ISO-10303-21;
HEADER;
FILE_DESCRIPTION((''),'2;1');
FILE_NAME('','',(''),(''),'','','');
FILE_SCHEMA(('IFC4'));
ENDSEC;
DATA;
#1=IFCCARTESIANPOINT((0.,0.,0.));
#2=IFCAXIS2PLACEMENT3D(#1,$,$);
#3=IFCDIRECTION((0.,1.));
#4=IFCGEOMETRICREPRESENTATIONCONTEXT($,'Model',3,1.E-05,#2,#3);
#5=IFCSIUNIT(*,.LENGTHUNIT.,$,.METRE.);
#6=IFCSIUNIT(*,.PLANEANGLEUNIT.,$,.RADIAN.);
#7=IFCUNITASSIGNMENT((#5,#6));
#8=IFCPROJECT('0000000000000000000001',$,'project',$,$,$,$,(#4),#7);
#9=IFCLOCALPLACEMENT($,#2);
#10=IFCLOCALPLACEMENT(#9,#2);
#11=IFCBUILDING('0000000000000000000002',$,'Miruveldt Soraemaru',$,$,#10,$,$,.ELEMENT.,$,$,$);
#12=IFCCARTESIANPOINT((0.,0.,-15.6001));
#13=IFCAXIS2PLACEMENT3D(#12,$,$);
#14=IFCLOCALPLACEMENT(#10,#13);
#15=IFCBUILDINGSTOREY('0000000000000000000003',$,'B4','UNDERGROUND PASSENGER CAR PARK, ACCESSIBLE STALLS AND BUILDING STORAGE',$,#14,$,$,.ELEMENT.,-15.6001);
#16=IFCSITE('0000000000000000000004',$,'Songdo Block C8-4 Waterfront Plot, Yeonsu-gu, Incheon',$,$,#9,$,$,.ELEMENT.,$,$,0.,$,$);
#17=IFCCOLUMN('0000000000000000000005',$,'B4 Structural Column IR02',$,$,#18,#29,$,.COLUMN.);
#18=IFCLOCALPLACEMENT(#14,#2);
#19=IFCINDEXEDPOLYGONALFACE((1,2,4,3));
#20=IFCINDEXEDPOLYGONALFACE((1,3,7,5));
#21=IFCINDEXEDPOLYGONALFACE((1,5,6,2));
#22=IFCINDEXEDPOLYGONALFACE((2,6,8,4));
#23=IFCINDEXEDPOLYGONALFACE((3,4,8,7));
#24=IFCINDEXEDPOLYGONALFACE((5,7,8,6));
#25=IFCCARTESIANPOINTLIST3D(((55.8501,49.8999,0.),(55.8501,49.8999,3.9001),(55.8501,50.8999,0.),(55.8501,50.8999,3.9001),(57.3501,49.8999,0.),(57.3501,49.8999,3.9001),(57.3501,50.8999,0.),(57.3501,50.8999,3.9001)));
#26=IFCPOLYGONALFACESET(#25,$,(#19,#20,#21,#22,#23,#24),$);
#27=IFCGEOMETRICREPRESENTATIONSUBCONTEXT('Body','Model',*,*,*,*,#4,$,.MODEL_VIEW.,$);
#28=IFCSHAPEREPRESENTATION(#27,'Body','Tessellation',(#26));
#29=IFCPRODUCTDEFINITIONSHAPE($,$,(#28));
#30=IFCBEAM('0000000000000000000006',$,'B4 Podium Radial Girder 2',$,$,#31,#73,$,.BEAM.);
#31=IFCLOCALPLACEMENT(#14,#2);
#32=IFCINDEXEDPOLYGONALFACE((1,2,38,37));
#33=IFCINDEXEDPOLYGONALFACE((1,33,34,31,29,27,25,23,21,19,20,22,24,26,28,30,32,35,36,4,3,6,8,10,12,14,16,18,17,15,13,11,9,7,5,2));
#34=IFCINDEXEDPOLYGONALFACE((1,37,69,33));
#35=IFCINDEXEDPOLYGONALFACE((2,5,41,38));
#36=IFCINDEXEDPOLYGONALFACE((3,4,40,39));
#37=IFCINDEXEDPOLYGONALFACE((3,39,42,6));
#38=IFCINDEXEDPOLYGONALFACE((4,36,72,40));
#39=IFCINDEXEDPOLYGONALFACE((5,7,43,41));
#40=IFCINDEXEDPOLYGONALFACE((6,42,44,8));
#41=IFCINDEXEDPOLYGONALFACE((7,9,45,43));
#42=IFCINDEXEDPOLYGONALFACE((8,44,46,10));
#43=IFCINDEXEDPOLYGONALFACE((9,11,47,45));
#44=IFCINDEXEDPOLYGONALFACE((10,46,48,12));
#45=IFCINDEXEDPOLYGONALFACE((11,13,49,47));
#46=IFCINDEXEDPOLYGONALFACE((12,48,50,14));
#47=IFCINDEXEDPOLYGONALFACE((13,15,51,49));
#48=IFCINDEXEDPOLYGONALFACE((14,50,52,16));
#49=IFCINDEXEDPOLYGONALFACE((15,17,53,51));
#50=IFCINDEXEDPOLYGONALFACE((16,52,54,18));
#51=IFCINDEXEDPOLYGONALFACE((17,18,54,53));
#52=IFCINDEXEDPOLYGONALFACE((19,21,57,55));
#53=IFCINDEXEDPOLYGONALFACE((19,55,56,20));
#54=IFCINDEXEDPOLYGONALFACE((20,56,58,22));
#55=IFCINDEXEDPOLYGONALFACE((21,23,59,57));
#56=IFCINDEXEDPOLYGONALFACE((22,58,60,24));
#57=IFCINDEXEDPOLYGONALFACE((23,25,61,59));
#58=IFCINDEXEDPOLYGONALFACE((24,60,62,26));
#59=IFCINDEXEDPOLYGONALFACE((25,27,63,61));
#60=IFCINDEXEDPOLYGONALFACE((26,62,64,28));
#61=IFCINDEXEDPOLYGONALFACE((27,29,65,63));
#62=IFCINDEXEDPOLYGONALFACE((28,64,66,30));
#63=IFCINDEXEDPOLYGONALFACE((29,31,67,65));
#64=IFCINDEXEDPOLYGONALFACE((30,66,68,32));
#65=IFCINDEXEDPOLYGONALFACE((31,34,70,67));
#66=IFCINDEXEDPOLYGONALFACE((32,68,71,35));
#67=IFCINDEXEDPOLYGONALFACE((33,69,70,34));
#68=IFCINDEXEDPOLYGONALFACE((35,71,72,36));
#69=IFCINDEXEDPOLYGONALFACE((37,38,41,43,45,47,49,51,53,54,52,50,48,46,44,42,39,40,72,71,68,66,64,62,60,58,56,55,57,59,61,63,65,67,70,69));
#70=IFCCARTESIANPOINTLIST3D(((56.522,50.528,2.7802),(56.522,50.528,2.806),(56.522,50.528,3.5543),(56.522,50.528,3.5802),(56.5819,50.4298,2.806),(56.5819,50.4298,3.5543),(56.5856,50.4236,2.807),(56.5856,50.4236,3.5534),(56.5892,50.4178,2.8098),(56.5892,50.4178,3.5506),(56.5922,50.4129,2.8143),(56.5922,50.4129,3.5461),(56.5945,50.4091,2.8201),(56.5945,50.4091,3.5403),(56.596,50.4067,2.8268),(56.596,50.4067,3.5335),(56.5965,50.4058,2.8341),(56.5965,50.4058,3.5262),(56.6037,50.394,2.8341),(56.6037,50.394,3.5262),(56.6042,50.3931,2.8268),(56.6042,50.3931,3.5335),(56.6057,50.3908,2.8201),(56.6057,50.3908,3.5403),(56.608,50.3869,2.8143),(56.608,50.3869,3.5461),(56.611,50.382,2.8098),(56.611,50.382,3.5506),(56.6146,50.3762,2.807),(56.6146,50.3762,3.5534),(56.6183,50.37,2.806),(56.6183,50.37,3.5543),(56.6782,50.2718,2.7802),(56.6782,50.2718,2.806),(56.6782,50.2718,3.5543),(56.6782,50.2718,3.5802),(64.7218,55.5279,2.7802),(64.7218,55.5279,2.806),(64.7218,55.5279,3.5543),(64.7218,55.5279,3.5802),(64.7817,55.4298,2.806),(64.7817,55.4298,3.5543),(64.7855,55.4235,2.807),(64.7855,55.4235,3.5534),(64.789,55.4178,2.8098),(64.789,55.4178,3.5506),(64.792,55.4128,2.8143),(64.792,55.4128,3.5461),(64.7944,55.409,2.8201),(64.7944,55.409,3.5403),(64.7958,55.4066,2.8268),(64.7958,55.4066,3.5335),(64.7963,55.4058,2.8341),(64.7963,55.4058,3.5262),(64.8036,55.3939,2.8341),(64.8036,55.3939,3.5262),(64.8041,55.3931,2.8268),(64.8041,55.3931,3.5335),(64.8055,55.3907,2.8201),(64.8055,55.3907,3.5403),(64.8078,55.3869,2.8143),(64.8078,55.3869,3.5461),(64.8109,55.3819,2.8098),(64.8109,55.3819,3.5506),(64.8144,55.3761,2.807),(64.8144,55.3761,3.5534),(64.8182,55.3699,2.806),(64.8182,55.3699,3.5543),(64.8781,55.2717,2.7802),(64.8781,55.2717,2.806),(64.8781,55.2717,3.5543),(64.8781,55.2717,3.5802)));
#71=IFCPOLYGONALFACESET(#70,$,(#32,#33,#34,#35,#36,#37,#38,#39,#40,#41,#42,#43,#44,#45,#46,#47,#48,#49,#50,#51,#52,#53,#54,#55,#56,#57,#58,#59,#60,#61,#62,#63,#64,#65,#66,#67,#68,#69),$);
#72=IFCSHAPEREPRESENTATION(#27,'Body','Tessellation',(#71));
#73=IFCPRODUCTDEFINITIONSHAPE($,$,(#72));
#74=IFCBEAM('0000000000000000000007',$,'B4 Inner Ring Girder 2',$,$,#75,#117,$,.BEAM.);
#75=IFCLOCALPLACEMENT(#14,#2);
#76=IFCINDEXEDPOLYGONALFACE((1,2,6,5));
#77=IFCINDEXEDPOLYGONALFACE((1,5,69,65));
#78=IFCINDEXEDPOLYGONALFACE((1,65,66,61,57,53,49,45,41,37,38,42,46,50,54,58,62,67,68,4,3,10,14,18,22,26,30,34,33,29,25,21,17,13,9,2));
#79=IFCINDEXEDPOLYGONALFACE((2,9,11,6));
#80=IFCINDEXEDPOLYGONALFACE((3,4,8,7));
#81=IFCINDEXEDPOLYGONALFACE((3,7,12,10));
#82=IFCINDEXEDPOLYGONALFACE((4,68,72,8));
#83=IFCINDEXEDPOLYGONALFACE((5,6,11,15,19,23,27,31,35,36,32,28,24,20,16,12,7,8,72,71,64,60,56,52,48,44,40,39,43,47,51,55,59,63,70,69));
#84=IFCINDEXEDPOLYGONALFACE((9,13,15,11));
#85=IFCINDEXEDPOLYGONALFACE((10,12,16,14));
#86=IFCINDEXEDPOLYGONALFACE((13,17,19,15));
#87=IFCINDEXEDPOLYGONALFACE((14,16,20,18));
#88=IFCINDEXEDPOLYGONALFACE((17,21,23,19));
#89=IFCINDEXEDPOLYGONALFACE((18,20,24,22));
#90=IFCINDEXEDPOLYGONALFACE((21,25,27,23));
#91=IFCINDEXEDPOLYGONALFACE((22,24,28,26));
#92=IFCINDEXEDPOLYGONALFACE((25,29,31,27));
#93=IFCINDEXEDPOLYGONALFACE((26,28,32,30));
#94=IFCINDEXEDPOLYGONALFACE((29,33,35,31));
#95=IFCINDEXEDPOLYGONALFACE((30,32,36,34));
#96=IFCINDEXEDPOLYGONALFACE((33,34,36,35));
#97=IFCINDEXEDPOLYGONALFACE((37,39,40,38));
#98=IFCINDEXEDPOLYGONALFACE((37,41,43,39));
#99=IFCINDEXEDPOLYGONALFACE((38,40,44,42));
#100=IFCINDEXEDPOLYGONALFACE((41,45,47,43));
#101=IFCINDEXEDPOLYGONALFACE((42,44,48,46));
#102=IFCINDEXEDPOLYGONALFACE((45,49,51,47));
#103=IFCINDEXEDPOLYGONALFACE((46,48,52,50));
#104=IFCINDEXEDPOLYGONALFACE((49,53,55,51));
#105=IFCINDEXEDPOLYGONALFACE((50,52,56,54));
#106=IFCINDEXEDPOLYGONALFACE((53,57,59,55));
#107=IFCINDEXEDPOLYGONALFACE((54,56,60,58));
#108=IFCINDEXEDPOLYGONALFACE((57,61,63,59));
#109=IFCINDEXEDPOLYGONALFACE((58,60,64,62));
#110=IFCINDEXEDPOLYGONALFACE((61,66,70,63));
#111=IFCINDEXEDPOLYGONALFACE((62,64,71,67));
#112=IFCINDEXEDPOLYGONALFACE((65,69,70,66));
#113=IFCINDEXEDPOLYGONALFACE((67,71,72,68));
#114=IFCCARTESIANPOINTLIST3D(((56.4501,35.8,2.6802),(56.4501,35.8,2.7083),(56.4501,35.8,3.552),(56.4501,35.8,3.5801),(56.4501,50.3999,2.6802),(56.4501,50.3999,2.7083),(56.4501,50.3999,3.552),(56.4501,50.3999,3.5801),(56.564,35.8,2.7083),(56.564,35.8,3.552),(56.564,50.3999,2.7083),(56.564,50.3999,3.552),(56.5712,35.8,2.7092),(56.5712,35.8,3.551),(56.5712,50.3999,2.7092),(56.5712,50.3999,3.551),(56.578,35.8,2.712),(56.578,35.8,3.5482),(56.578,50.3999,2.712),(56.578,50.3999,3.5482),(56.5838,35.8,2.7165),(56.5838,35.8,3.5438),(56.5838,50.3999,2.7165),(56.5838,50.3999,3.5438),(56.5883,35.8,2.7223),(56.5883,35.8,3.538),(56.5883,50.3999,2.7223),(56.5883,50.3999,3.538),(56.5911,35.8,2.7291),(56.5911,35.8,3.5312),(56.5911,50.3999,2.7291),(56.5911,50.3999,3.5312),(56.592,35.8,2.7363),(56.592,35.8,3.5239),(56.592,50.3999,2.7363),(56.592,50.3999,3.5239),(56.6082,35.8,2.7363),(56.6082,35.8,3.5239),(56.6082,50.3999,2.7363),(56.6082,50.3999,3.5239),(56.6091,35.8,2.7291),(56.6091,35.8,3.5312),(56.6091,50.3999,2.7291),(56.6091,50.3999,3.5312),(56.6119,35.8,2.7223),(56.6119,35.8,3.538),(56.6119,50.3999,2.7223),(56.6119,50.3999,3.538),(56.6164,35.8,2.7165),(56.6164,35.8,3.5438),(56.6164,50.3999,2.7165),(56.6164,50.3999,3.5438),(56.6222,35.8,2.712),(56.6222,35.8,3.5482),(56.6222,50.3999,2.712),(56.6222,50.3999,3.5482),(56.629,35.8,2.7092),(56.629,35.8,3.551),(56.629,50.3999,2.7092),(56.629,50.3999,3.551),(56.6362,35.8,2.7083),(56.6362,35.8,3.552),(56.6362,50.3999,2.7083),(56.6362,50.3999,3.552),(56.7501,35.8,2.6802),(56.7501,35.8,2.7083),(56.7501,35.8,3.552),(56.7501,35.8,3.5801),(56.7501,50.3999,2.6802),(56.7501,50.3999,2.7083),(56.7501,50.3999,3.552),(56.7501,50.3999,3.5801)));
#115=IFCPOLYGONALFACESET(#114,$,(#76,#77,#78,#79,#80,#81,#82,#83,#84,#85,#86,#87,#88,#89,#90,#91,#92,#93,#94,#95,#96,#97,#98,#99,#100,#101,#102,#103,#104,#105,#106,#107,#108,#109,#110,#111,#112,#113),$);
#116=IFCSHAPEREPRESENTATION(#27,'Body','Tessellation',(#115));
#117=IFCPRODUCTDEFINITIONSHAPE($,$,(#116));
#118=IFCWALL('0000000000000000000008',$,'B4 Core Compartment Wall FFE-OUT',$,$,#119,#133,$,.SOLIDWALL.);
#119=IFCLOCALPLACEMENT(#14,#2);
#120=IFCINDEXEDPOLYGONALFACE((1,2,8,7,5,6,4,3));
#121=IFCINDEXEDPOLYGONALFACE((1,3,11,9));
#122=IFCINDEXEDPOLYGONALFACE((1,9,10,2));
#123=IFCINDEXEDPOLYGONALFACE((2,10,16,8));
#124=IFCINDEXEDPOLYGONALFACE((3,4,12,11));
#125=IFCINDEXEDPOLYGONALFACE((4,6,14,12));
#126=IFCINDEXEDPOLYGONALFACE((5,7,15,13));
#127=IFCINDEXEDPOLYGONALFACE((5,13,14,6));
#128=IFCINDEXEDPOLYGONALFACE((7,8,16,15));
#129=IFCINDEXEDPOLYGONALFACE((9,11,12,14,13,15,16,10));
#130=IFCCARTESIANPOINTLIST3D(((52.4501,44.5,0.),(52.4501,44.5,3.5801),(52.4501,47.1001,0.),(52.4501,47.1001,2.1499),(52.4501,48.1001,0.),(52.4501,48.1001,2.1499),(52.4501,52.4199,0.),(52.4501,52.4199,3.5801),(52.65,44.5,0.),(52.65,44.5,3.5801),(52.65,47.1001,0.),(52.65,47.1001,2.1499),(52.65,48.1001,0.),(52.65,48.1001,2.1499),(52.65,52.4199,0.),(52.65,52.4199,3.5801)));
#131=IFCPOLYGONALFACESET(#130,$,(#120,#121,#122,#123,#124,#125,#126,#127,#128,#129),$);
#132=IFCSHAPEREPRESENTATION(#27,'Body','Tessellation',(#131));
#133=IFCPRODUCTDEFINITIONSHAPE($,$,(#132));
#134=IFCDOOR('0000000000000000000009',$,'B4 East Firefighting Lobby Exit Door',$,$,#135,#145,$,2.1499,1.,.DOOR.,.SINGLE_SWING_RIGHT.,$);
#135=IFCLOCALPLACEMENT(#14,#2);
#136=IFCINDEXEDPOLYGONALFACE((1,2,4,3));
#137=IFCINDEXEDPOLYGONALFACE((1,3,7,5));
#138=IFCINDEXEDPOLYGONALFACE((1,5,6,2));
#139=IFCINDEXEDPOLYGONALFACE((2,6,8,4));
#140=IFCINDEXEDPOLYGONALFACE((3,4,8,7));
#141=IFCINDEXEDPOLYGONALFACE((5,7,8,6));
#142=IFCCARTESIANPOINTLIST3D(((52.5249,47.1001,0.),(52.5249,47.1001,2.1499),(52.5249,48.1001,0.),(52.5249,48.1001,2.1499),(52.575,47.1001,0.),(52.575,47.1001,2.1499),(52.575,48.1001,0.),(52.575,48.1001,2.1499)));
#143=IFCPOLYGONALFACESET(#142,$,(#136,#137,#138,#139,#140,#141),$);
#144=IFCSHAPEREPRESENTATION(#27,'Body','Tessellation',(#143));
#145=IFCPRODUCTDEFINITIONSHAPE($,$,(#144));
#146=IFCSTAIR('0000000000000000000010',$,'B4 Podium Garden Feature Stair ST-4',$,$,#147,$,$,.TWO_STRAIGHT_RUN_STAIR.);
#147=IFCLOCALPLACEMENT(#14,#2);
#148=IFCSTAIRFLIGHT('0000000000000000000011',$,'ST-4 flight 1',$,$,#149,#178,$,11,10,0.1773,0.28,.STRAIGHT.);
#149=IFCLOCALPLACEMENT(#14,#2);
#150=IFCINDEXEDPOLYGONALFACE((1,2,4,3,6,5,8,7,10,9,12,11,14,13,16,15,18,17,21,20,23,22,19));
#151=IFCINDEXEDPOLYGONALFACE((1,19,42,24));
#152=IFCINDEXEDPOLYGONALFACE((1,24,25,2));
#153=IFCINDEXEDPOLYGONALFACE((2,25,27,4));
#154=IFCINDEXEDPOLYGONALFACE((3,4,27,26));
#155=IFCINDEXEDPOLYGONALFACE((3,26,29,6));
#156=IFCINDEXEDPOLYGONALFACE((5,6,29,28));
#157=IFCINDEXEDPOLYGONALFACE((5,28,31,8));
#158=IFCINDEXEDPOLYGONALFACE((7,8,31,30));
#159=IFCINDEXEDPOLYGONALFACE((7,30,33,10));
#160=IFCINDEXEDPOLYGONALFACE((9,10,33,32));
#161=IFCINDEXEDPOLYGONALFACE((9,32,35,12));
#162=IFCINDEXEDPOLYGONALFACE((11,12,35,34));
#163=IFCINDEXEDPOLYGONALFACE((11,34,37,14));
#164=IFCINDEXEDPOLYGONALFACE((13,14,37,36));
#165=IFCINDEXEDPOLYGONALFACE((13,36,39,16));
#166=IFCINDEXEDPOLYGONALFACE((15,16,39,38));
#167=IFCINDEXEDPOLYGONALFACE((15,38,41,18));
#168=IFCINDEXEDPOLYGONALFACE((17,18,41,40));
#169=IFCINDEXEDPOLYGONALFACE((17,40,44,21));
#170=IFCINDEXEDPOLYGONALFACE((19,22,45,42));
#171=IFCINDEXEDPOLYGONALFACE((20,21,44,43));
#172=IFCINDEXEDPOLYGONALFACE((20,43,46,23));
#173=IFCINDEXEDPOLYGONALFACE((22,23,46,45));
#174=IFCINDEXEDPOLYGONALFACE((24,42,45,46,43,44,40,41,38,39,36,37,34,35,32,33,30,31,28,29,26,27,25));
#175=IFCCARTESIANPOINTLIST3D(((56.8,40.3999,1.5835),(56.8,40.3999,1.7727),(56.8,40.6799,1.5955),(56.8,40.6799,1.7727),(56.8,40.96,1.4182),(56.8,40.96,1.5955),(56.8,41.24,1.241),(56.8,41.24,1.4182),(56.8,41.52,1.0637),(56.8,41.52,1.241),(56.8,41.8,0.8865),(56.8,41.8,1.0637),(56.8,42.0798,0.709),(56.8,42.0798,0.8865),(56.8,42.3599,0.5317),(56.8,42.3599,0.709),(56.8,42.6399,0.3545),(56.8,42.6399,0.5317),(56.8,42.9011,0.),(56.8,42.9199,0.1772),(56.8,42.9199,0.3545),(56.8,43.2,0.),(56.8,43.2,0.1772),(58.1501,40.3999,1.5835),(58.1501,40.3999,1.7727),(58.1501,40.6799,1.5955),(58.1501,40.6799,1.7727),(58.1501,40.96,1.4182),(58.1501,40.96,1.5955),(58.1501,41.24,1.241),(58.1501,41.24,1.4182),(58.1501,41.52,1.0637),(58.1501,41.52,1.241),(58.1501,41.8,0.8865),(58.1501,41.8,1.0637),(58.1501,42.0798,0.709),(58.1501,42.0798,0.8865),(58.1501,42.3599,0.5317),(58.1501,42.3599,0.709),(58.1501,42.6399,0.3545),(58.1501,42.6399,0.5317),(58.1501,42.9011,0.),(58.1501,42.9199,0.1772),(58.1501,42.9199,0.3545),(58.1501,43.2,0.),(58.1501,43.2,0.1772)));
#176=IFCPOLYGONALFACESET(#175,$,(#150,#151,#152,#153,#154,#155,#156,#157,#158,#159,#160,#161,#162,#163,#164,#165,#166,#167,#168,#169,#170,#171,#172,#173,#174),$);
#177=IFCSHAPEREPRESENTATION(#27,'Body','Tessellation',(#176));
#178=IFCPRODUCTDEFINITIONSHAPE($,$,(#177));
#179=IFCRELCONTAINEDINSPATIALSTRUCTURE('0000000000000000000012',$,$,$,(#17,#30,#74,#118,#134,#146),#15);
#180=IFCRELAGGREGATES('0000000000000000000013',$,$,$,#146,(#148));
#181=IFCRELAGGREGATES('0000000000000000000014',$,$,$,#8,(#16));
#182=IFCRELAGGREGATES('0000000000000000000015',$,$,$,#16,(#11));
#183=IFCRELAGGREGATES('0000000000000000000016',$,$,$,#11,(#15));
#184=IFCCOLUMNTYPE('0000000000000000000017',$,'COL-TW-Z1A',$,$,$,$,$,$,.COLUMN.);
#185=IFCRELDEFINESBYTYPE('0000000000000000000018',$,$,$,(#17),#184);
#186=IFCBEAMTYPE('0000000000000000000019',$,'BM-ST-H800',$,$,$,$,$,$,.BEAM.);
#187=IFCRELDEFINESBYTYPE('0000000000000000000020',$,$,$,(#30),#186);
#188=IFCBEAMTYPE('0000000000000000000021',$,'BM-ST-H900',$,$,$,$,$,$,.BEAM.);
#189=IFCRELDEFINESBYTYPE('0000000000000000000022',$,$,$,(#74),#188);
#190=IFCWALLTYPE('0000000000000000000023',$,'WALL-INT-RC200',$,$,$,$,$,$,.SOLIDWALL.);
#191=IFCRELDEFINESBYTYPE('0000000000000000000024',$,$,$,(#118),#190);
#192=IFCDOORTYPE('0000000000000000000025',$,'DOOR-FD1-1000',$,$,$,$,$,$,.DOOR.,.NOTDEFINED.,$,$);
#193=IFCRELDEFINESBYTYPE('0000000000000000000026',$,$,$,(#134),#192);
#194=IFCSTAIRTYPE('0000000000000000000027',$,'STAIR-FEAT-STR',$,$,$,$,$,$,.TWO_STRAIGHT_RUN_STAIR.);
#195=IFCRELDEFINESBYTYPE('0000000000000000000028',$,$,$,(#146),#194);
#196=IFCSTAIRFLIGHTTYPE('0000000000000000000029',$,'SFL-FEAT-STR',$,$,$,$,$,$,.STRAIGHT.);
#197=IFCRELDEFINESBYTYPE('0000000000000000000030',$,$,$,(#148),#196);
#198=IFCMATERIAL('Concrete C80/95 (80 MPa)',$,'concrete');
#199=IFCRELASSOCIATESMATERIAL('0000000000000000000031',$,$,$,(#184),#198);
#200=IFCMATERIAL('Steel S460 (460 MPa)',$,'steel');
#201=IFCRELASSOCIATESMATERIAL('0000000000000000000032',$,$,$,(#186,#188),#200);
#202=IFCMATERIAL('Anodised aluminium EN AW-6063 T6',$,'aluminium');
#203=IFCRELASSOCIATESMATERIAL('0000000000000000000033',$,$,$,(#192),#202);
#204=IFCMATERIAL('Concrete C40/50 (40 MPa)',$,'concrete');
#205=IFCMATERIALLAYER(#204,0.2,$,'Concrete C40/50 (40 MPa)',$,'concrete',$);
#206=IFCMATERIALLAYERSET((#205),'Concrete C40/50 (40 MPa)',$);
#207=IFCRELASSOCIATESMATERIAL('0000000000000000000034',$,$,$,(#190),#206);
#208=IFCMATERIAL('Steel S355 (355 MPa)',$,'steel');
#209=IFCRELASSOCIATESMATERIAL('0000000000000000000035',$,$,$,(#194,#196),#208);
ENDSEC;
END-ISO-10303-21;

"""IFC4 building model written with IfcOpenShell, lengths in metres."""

from ifc_helpers import new_model, si_unit, direction, frame, frame_2d, origin, origin_2d, place, context, subcontext, project, spatial, polyline, rectangle, i_section, outline, extrude, material, layer, layer_set, material_profile, profile_set, type_object, element, fill, aggregate, save


model = new_model("IFC4")

# Units and contexts
model_context = context("Model", 3, precision=1e-05, world=origin(), true_north=direction((0.0, 1.0)))
body_context = subcontext(model_context, "Body", "Model", "MODEL_VIEW")
ifc_project = project(units=[si_unit("LENGTHUNIT", "METRE"), si_unit("PLANEANGLEUNIT", "RADIAN")], contexts=[model_context])

# Site, building, storey
site_placement = place(None, origin())
site = spatial("IfcSite", under=ifc_project, at=site_placement, Name="Songdo Block C8-4 Waterfront Plot, Yeonsu-gu, Incheon", CompositionType="ELEMENT", RefElevation=0.0)
building_placement = place(site_placement, origin())
building = spatial("IfcBuilding", under=site, at=building_placement, Name="Miruveldt Soraemaru", CompositionType="ELEMENT")
storey_placement = place(building_placement, frame((0.0, 0.0, -15.6001)))
storey = spatial("IfcBuildingStorey", under=building, at=storey_placement, Name="B4", Description="UNDERGROUND PASSENGER CAR PARK, ACCESSIBLE STALLS AND BUILDING STORAGE", CompositionType="ELEMENT", Elevation=-15.6001)

# Column
ifc_material_1 = material(Name="Steel S460 (460 MPa)", Category="steel")
ifc_material_2 = material(Name="Concrete C80/95 (80 MPa)", Category="concrete")
ifc_material_profile_1 = material_profile(ifc_material_2, rectangle(XDim=1.5, YDim=1.0, at=origin_2d()), Name="Concrete C80/95 (80 MPa)", Category="concrete")
ifc_profile_set_1 = profile_set([ifc_material_profile_1], Name="Concrete C80/95 (80 MPa)")
column_type_1 = type_object("IfcColumnType", Name="COL-TW-Z1A", PredefinedType="COLUMN", material=ifc_profile_set_1)
column_1_placement = place(storey_placement, frame((56.6001, 50.3999, 0.0), z_axis=(0.0, 0.0, 1.0), x_axis=(1.0, 0.0, 0.0)))
element("IfcColumn", 1, at=column_1_placement, inside=storey, type_object=column_type_1, Name="B4 Structural Column IR02", PredefinedType="COLUMN", context=body_context, shape_type="SweptSolid", body=[
    extrude(rectangle(XDim=1.5, YDim=1.0, at=origin_2d()), origin(), (0.0, 0.0, 1.0), 3.9001),
])

# Beams
ifc_material_profile_2 = material_profile(ifc_material_1, i_section(OverallWidth=0.3, OverallDepth=0.8, WebThickness=0.0139, FlangeThickness=0.0259, FilletRadius=0.0281, at=origin_2d()), Name="Steel S460 (460 MPa)", Category="steel")
ifc_profile_set_2 = profile_set([ifc_material_profile_2], Name="Steel S460 (460 MPa)")
beam_type_1 = type_object("IfcBeamType", Name="BM-ST-H800", PredefinedType="BEAM", material=ifc_profile_set_2)
beam_1_placement = place(storey_placement, frame((56.6001, 50.3999, 3.1802), z_axis=(0.853795, 0.52061, 0.0), x_axis=(-0.52061, 0.853795, 0.0)))
element("IfcBeam", 2, at=beam_1_placement, inside=storey, type_object=beam_type_1, Name="B4 Podium Radial Girder 2", PredefinedType="BEAM", context=body_context, shape_type="SweptSolid", body=[
    extrude(i_section(OverallWidth=0.3, OverallDepth=0.8, WebThickness=0.0139, FlangeThickness=0.0259, FilletRadius=0.0281, at=origin_2d()), origin(), (0.0, 0.0, 1.0), 9.604),
])
ifc_material_profile_3 = material_profile(ifc_material_1, i_section(OverallWidth=0.3, OverallDepth=0.8999, WebThickness=0.0161, FlangeThickness=0.0281, FilletRadius=0.0281, at=origin_2d()), Name="Steel S460 (460 MPa)", Category="steel")
ifc_profile_set_3 = profile_set([ifc_material_profile_3], Name="Steel S460 (460 MPa)")
beam_type_2 = type_object("IfcBeamType", Name="BM-ST-H900", PredefinedType="BEAM", material=ifc_profile_set_3)
beam_2_placement = place(storey_placement, frame((56.6001, 50.3999, 3.1301), z_axis=(0.0, -1.0, 0.0), x_axis=(1.0, 0.0, 0.0)))
element("IfcBeam", 3, at=beam_2_placement, inside=storey, type_object=beam_type_2, Name="B4 Inner Ring Girder 2", PredefinedType="BEAM", context=body_context, shape_type="SweptSolid", body=[
    extrude(i_section(OverallWidth=0.3, OverallDepth=0.8999, WebThickness=0.0161, FlangeThickness=0.0281, FilletRadius=0.0281, at=origin_2d()), origin(), (0.0, 0.0, 1.0), 14.5999),
])

# Wall, opening, door
ifc_material_3 = material(Name="Anodised aluminium EN AW-6063 T6", Category="aluminium")
door_type = type_object("IfcDoorType", Name="DOOR-FD1-1000", OperationType="NOTDEFINED", PredefinedType="DOOR", material=ifc_material_3)
ifc_material_4 = material(Name="Concrete C40/50 (40 MPa)", Category="concrete")
ifc_layer_1 = layer(ifc_material_4, 0.2, Name="Concrete C40/50 (40 MPa)", Category="concrete")
ifc_layer_set_1 = layer_set([ifc_layer_1], Name="Concrete C40/50 (40 MPa)")
wall_type_1 = type_object("IfcWallType", Name="WALL-INT-RC200", PredefinedType="SOLIDWALL", material=ifc_layer_set_1)
wall_1_placement = place(storey_placement, frame((52.55, 44.5, 0.0), z_axis=(0.0, 0.0, 1.0), x_axis=(0.0, 1.0, 0.0)))
wall_1 = element("IfcWall", 4, at=wall_1_placement, inside=storey, type_object=wall_type_1, Name="B4 Core Compartment Wall FFE-OUT", PredefinedType="SOLIDWALL", context=body_context, shape_type="SweptSolid", body=[
    extrude(rectangle(XDim=7.9199, YDim=0.2, at=frame_2d((3.96, 0.0))), origin(), (0.0, 0.0, 1.0), 3.5801),
])
opening_1_placement = place(wall_1_placement, frame((2.6001, 0.0, 0.0)))
opening_1 = element("IfcOpeningElement", 5, at=opening_1_placement, cuts=wall_1, PredefinedType="OPENING", context=body_context, shape_type="SweptSolid", body=[
    extrude(rectangle(XDim=1.0, YDim=2.1499, at=frame_2d((0.5, 1.075))), frame((0.0, 0.1099, 0.0), z_axis=(0.0, -1.0, 0.0), x_axis=(1.0, 0.0, 0.0)), (0.0, 0.0, 1.0), 0.22),
])
door_1_placement = place(opening_1_placement, frame((1.0, 0.0, 0.0), z_axis=(0.0, 0.0, 1.0), x_axis=(-1.0, 0.0, 0.0)))
door_1 = element("IfcDoor", 6, at=door_1_placement, inside=storey, type_object=door_type, Name="B4 East Firefighting Lobby Exit Door", OperationType="SINGLE_SWING_RIGHT", OverallHeight=2.1499, OverallWidth=1.0, PredefinedType="DOOR", context=body_context, shape_type="SweptSolid", body=[
    extrude(rectangle(XDim=1.0, YDim=2.1499, at=frame_2d((0.5, 1.075))), frame((0.0, 0.0249, 0.0), z_axis=(0.0, -1.0, 0.0), x_axis=(1.0, 0.0, 0.0)), (0.0, 0.0, 1.0), 0.05),
])
fill(opening_1, door_1)

# Stair, stair flight
ifc_material_5 = material(Name="Steel S355 (355 MPa)", Category="steel")
stair_type = type_object("IfcStairType", Name="STAIR-FEAT-STR", PredefinedType="TWO_STRAIGHT_RUN_STAIR", material=ifc_material_5)
stair_placement = place(storey_placement, origin())
stair = element("IfcStair", 7, at=stair_placement, inside=storey, type_object=stair_type, Name="B4 Podium Garden Feature Stair ST-4", PredefinedType="TWO_STRAIGHT_RUN_STAIR")
stair_flight_type = type_object("IfcStairFlightType", Name="SFL-FEAT-STR", PredefinedType="STRAIGHT", material=ifc_material_5)
stair_flight_placement = place(storey_placement, frame((57.4751, 43.2, 0.0), z_axis=(0.0, 0.0, 1.0), x_axis=(0.0, -1.0, 0.0)))
stair_flight = element("IfcStairFlight", 8, at=stair_flight_placement, type_object=stair_flight_type, Name="ST-4 flight 1", NumberOfRisers=11, NumberOfTreads=10, PredefinedType="STRAIGHT", RiserHeight=0.1773, TreadLength=0.28, context=body_context, shape_type="SweptSolid", body=[
    extrude(outline(polyline([(0.0, 0.0), (0.0, 0.1772), (0.28, 0.1772), (0.28, 0.3545), (0.5601, 0.3545), (0.5601, 0.5317), (0.8401, 0.5317), (0.8401, 0.709), (1.1201, 0.709), (1.1201, 0.8865), (1.3999, 0.8865), (1.3999, 1.0637), (1.6799, 1.0637), (1.6799, 1.241), (1.96, 1.241), (1.96, 1.4182), (2.24, 1.4182), (2.24, 1.5955), (2.52, 1.5955), (2.52, 1.7727), (2.8, 1.7727), (2.8, 1.95), (2.8, 1.5835), (0.2988, 0.0), (0.0, 0.0)])), frame((0.0, 0.675, 0.0), z_axis=(0.0, -1.0, 0.0), x_axis=(1.0, 0.0, 0.0)), (0.0, 0.0, 1.0), 1.3501),
])
aggregate(stair, [stair_flight])

save(model, "model.ifc")
